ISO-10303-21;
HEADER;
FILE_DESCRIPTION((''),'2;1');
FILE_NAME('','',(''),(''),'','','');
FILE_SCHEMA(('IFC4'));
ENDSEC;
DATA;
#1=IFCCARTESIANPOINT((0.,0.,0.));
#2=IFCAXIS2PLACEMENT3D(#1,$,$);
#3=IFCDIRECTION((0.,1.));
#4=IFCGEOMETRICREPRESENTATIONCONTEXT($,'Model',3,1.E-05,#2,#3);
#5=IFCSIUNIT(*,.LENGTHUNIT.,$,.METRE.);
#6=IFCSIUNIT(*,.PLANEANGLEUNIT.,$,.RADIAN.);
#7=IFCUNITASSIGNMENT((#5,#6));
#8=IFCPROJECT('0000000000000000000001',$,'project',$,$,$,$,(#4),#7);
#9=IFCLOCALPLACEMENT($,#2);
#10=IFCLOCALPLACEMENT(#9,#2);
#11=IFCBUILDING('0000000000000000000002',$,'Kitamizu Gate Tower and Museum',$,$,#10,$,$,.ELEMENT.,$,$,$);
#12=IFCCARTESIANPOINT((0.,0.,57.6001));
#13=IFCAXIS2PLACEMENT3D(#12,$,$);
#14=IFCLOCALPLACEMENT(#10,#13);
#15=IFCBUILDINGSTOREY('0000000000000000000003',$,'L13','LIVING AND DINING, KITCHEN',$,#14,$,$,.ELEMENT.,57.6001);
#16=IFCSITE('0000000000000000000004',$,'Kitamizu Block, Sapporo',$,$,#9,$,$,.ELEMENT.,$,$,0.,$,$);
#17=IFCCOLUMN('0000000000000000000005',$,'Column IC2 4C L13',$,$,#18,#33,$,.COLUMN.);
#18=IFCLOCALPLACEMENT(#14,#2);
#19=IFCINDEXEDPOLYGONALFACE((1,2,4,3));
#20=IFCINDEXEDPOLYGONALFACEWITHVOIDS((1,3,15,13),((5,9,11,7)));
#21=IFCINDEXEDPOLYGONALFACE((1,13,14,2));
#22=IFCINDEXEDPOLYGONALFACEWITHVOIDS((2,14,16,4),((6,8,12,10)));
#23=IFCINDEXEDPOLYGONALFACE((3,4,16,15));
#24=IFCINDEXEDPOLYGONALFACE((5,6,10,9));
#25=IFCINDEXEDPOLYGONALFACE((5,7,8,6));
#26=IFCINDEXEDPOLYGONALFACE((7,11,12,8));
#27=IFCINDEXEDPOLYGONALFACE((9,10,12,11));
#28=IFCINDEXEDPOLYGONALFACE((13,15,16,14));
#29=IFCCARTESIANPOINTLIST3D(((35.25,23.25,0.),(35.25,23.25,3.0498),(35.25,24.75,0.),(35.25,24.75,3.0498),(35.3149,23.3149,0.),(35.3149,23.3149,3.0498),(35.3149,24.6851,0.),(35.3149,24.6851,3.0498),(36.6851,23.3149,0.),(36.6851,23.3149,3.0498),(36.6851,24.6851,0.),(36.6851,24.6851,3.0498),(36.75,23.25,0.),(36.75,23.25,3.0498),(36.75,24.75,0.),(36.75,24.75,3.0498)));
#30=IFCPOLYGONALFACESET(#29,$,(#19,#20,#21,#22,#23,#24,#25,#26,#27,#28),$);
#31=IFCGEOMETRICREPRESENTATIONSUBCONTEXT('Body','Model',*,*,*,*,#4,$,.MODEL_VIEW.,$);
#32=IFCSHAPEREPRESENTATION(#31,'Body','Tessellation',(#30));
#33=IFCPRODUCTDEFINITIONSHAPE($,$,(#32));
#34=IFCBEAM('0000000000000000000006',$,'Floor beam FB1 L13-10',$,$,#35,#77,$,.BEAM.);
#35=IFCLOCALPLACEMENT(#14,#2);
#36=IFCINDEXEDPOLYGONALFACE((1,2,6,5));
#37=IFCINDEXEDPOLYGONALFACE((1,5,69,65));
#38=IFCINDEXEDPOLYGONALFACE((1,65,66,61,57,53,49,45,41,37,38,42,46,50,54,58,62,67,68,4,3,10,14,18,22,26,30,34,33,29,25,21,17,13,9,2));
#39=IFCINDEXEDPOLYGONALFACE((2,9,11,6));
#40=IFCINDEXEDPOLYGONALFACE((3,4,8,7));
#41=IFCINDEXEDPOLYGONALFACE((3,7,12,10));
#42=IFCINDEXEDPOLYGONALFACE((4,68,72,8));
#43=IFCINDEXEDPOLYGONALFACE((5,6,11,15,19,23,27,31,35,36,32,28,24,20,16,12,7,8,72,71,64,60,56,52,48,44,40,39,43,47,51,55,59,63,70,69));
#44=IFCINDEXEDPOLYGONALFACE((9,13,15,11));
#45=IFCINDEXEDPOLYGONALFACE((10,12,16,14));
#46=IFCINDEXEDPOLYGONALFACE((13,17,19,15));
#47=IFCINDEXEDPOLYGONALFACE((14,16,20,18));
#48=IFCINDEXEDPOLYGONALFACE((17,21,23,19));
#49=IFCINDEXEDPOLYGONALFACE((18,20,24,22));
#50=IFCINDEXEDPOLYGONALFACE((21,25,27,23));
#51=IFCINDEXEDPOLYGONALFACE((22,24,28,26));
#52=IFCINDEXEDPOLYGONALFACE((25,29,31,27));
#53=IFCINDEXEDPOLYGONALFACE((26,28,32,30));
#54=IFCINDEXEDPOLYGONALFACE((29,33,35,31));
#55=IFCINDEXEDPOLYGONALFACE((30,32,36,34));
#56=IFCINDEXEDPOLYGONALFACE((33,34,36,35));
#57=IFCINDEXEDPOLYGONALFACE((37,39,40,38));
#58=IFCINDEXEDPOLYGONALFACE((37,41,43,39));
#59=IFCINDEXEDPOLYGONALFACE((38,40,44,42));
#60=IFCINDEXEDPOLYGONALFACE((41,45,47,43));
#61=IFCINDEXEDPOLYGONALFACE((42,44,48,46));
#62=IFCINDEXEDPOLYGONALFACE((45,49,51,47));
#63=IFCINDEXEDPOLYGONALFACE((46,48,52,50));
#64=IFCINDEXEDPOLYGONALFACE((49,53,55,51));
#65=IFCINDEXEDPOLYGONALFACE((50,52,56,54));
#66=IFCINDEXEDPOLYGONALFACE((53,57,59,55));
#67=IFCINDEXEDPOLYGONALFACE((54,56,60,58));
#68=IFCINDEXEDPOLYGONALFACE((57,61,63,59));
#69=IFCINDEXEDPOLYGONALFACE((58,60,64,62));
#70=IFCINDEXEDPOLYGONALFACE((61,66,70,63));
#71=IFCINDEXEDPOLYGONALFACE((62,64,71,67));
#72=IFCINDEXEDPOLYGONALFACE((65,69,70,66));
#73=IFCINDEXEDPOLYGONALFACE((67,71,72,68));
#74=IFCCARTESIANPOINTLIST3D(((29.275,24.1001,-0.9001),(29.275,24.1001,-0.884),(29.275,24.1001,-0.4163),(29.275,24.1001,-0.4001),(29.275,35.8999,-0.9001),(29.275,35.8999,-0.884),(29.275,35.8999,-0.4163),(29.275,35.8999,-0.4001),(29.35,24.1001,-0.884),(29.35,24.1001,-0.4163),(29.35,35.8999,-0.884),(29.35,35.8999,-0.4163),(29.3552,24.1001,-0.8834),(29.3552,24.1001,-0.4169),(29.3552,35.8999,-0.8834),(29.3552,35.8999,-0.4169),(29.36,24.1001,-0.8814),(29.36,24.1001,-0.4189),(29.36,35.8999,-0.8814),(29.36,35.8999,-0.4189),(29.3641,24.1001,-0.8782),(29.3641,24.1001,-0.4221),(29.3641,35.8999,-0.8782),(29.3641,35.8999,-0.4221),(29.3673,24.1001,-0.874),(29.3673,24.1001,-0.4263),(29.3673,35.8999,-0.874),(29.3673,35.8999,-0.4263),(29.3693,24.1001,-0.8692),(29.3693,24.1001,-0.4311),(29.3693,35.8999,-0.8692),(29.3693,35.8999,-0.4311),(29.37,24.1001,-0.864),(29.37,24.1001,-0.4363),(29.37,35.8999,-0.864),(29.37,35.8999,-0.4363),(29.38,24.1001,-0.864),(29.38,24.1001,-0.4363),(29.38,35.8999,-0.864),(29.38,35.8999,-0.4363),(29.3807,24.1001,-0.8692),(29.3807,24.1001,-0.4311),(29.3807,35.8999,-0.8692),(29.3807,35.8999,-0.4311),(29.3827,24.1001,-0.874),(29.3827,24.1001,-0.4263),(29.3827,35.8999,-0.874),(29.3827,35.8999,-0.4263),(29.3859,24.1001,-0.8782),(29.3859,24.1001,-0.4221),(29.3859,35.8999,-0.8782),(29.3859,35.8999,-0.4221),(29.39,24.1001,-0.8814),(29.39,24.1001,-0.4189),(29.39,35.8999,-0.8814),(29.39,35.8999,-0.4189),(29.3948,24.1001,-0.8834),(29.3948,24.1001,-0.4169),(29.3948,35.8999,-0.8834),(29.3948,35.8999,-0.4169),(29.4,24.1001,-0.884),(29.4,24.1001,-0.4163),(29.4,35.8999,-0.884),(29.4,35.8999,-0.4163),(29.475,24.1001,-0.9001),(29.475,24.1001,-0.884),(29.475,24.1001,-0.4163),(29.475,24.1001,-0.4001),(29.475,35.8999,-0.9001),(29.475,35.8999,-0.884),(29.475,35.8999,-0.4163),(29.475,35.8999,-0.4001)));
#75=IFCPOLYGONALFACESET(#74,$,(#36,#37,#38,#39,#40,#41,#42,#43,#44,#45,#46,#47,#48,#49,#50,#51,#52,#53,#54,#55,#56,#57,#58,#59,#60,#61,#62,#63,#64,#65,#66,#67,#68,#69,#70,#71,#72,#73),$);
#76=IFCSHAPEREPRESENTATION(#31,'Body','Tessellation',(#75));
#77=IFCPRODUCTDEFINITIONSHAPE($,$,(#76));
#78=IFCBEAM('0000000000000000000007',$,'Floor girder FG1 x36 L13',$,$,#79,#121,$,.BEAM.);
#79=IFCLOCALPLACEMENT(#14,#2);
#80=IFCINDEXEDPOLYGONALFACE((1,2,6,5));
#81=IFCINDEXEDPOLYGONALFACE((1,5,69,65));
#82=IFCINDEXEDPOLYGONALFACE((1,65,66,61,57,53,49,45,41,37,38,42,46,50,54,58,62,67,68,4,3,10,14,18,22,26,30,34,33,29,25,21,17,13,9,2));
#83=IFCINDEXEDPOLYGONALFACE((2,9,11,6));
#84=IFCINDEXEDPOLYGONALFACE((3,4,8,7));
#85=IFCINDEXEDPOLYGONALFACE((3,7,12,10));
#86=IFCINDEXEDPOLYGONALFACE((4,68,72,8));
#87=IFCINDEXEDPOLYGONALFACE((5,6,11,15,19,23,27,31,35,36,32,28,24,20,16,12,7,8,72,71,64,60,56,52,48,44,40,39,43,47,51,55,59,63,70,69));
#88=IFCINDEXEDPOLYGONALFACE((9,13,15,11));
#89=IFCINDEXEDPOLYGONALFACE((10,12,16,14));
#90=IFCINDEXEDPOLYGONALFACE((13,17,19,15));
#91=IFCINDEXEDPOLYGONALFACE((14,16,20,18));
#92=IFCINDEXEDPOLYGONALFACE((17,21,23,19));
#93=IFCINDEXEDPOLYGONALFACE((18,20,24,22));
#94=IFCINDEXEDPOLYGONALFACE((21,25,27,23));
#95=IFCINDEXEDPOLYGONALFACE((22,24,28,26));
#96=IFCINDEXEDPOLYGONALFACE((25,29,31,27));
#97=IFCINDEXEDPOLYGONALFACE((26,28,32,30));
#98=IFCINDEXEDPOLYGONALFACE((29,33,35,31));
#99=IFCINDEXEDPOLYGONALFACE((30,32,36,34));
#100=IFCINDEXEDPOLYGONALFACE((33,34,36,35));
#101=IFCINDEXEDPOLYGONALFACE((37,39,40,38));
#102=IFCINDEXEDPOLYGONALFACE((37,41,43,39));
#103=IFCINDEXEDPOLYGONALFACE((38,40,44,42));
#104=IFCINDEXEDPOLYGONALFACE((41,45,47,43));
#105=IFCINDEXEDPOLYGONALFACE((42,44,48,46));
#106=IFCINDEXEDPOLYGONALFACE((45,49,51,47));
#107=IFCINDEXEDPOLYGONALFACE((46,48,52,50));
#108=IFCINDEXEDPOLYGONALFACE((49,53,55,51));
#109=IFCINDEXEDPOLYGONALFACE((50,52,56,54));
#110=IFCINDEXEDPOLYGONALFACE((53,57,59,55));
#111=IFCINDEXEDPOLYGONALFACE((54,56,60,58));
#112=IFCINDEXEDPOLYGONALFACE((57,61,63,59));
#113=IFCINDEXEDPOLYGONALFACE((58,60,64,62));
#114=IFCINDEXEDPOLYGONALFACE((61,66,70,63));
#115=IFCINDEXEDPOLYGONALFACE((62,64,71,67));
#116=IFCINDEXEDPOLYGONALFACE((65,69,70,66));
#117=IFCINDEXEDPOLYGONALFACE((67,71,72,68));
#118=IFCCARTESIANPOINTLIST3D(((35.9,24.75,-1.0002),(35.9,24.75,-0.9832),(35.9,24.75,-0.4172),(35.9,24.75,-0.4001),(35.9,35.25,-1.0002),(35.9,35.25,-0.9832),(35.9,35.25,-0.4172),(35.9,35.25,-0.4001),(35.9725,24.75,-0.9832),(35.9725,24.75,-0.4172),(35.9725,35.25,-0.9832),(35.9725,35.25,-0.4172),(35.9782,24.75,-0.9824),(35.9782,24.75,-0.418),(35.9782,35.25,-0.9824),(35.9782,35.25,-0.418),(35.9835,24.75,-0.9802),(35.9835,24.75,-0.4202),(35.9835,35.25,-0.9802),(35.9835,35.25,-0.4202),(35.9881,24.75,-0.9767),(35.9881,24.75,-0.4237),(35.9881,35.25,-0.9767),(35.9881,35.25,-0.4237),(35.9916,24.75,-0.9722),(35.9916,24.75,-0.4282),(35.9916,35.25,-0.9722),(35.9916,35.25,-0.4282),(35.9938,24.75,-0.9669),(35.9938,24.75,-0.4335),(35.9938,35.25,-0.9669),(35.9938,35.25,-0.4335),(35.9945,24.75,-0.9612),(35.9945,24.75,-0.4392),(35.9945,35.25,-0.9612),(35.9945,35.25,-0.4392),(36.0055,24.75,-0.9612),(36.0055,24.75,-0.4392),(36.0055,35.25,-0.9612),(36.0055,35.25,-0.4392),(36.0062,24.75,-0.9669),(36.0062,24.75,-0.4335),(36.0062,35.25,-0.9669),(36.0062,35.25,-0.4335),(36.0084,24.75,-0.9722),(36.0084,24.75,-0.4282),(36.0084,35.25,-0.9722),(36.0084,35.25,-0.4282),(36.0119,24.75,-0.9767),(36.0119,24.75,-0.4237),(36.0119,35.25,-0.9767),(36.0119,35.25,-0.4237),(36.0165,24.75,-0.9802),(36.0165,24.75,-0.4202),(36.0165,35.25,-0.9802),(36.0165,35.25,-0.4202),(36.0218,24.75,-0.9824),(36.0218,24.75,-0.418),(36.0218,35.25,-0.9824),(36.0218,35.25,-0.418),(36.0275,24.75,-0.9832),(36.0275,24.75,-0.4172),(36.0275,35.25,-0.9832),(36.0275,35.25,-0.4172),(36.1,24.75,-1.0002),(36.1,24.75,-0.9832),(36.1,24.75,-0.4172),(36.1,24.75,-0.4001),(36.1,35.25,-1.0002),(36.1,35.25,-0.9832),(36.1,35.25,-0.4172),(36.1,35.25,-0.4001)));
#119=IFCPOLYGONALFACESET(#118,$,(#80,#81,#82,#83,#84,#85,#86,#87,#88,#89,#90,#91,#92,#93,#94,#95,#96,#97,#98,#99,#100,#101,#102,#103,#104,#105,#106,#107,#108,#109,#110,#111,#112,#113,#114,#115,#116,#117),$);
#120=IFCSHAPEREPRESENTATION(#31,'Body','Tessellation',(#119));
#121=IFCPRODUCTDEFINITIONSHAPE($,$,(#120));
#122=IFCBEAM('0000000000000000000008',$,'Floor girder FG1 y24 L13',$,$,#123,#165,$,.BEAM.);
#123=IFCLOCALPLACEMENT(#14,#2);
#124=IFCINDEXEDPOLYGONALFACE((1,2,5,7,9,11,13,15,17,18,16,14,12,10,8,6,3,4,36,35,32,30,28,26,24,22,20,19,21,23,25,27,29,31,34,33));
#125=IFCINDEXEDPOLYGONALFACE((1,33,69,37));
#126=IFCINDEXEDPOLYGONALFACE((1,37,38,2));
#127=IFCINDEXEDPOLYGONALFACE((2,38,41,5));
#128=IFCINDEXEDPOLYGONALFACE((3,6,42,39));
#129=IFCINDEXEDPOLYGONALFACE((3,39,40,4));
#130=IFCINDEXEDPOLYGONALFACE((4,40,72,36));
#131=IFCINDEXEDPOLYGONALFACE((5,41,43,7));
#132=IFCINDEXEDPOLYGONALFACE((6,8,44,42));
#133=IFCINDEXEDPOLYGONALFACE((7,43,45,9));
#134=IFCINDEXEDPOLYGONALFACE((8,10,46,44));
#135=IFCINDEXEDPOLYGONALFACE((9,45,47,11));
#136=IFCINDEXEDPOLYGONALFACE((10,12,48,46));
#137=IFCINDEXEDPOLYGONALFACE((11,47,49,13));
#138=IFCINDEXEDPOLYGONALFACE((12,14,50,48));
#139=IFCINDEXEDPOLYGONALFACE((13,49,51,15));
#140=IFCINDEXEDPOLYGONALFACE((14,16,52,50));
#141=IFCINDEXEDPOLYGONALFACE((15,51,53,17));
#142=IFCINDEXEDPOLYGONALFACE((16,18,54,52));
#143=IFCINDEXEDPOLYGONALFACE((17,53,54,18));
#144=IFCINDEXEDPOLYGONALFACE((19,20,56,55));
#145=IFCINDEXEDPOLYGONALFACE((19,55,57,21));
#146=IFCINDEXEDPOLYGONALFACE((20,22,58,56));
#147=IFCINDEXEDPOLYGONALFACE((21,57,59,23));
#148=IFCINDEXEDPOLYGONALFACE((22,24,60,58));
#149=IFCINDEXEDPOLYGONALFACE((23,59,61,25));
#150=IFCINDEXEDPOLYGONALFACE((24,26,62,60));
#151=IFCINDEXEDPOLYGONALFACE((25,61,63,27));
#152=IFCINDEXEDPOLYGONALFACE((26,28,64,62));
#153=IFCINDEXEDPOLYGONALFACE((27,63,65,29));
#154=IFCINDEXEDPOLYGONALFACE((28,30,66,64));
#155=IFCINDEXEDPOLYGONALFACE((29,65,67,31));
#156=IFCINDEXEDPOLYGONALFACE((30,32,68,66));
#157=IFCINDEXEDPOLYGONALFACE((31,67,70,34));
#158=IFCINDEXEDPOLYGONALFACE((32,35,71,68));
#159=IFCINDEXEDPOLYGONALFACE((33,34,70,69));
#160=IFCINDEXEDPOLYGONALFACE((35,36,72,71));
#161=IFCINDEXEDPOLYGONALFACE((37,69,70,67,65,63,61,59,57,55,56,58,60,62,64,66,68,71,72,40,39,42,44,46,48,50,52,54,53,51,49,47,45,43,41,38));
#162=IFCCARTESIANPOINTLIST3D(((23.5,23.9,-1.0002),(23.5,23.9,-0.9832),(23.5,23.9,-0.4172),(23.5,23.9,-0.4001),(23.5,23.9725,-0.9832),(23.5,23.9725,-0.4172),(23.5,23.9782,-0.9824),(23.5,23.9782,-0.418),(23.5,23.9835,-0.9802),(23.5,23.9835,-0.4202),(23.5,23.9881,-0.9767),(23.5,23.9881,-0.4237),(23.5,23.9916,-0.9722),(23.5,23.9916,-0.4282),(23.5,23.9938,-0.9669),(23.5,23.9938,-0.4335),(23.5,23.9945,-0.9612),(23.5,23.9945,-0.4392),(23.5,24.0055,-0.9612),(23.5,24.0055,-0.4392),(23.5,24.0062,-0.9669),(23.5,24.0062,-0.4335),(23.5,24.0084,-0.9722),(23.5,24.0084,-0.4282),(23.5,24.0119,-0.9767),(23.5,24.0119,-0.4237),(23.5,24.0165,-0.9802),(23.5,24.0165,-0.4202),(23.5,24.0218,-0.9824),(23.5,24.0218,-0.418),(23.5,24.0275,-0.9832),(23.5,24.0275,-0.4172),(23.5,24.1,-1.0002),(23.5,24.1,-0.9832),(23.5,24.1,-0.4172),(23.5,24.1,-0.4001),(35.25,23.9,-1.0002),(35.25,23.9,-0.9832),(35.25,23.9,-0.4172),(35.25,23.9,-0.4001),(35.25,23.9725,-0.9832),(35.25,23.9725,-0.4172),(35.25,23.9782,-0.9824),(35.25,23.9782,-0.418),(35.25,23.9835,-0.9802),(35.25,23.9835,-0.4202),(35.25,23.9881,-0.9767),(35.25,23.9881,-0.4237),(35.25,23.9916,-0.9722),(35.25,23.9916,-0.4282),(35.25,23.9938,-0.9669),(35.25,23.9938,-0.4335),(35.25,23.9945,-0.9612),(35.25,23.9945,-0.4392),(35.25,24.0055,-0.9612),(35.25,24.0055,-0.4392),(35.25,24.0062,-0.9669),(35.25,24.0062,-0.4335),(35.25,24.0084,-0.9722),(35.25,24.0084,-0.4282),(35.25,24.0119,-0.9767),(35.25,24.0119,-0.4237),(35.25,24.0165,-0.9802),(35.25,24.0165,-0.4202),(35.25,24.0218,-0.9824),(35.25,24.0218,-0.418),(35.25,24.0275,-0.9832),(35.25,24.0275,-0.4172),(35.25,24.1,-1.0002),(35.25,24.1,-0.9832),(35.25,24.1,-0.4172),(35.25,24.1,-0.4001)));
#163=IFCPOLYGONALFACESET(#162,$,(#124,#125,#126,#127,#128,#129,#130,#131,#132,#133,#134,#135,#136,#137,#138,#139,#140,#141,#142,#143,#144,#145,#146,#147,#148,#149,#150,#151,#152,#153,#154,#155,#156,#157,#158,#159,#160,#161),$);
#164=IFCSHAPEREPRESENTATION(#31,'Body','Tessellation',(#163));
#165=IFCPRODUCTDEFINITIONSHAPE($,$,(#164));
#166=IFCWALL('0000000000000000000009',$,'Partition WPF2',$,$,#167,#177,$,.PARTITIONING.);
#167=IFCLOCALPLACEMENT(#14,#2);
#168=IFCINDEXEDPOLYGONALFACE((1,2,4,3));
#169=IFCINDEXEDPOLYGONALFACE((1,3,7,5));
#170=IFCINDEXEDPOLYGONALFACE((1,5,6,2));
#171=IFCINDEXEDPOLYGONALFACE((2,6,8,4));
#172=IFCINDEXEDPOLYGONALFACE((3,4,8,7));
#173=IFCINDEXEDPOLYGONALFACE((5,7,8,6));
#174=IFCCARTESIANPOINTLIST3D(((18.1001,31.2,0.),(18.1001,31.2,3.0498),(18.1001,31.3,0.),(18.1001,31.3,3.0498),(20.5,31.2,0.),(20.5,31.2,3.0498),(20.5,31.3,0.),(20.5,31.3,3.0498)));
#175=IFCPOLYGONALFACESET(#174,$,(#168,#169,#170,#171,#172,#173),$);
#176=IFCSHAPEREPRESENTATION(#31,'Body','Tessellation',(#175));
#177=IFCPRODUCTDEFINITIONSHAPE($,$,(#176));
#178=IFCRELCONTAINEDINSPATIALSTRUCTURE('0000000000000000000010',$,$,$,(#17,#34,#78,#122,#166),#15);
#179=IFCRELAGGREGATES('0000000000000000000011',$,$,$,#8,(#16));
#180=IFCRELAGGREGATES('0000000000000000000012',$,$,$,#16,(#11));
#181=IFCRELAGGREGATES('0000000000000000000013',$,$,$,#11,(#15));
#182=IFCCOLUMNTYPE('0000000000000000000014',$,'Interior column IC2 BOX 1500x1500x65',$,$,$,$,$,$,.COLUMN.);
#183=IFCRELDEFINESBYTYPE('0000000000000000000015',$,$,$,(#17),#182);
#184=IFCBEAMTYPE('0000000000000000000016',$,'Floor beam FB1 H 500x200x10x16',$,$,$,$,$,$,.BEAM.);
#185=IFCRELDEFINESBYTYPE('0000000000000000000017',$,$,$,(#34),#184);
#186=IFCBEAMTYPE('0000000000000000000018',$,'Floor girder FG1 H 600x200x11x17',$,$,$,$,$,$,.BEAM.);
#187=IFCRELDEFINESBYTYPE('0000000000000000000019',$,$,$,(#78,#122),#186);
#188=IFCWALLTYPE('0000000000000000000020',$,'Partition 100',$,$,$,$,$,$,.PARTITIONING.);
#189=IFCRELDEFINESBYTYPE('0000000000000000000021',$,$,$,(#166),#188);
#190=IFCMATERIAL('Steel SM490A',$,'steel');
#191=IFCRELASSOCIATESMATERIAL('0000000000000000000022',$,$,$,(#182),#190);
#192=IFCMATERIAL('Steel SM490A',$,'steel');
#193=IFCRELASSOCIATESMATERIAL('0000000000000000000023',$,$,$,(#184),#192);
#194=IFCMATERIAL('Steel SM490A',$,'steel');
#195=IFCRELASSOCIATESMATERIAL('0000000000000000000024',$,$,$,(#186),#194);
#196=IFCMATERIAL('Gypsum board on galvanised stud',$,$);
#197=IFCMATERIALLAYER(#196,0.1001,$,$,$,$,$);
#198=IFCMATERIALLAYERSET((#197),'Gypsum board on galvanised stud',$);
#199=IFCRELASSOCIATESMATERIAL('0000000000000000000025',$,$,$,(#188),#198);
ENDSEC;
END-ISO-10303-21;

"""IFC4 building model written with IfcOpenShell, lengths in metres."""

from ifc_helpers import new_model, si_unit, direction, frame, frame_2d, origin, origin_2d, place, context, subcontext, project, spatial, rectangle, hollow_rectangle, i_section, extrude, material, layer, layer_set, material_profile, profile_set, type_object, element, save


model = new_model("IFC4")

# Units and contexts
model_context = context("Model", 3, precision=1e-05, world=origin(), true_north=direction((0.0, 1.0)))
body_context = subcontext(model_context, "Body", "Model", "MODEL_VIEW")
ifc_project = project(units=[si_unit("LENGTHUNIT", "METRE"), si_unit("PLANEANGLEUNIT", "RADIAN")], contexts=[model_context])

# Site, building, storey
site_placement = place(None, origin())
site = spatial("IfcSite", under=ifc_project, at=site_placement, Name="Kitamizu Block, Sapporo", CompositionType="ELEMENT", RefElevation=0.0)
building_placement = place(site_placement, origin())
building = spatial("IfcBuilding", under=site, at=building_placement, Name="Kitamizu Gate Tower and Museum", CompositionType="ELEMENT")
storey_placement = place(building_placement, frame((0.0, 0.0, 57.6001)))
storey = spatial("IfcBuildingStorey", under=building, at=storey_placement, Name="L13", Description="LIVING AND DINING, KITCHEN", CompositionType="ELEMENT", Elevation=57.6001)

# Column
ifc_material_1 = material(Name="Steel SM490A", Category="steel")
ifc_material_profile_1 = material_profile(ifc_material_1, hollow_rectangle(XDim=1.5, YDim=1.5, WallThickness=0.0649, at=origin_2d()), Name="BOX 1500x1500x65")
ifc_profile_set_1 = profile_set([ifc_material_profile_1], Name="Steel SM490A")
column_type = type_object("IfcColumnType", Name="Interior column IC2 BOX 1500x1500x65", PredefinedType="COLUMN", material=ifc_profile_set_1)
column_placement = place(storey_placement, frame((36.0, 24.0, 0.0), z_axis=(0.0, 0.0, 1.0), x_axis=(1.0, 0.0, 0.0)))
element("IfcColumn", 1, at=column_placement, inside=storey, type_object=column_type, Name="Column IC2 4C L13", PredefinedType="COLUMN", context=body_context, shape_type="SweptSolid", body=[
    extrude(hollow_rectangle(XDim=1.5, YDim=1.5, WallThickness=0.0649, at=origin_2d()), origin(), (0.0, 0.0, 1.0), 3.0498),
])

# Beams
ifc_material_2 = material(Name="Steel SM490A", Category="steel")
ifc_material_profile_2 = material_profile(ifc_material_2, i_section(OverallWidth=0.2, OverallDepth=0.5, WebThickness=0.01, FlangeThickness=0.0161, FilletRadius=0.02, at=origin_2d()), Name="H-500x200x10x16")
ifc_profile_set_2 = profile_set([ifc_material_profile_2], Name="Steel SM490A")
beam_type_1 = type_object("IfcBeamType", Name="Floor beam FB1 H 500x200x10x16", PredefinedType="BEAM", material=ifc_profile_set_2)
beam_1_placement = place(storey_placement, frame((29.375, 24.1001, -0.6501), z_axis=(0.0, 1.0, 0.0), x_axis=(-1.0, 0.0, 0.0)))
element("IfcBeam", 2, at=beam_1_placement, inside=storey, type_object=beam_type_1, Name="Floor beam FB1 L13-10", PredefinedType="BEAM", context=body_context, shape_type="SweptSolid", body=[
    extrude(i_section(OverallWidth=0.2, OverallDepth=0.5, WebThickness=0.01, FlangeThickness=0.0161, FilletRadius=0.02, at=origin_2d()), origin(), (0.0, 0.0, 1.0), 11.7998),
])
ifc_material_3 = material(Name="Steel SM490A", Category="steel")
ifc_material_profile_3 = material_profile(ifc_material_3, i_section(OverallWidth=0.2, OverallDepth=0.6001, WebThickness=0.011, FlangeThickness=0.0171, FilletRadius=0.022, at=origin_2d()), Name="H-600x200x11x17")
ifc_profile_set_3 = profile_set([ifc_material_profile_3], Name="Steel SM490A")
beam_type_2 = type_object("IfcBeamType", Name="Floor girder FG1 H 600x200x11x17", PredefinedType="BEAM", material=ifc_profile_set_3)
beam_2_placement = place(storey_placement, frame((36.0, 24.75, -0.7002), z_axis=(0.0, 1.0, 0.0), x_axis=(-1.0, 0.0, 0.0)))
element("IfcBeam", 3, at=beam_2_placement, inside=storey, type_object=beam_type_2, Name="Floor girder FG1 x36 L13", PredefinedType="BEAM", context=body_context, shape_type="SweptSolid", body=[
    extrude(i_section(OverallWidth=0.2, OverallDepth=0.6001, WebThickness=0.011, FlangeThickness=0.0171, FilletRadius=0.022, at=origin_2d()), origin(), (0.0, 0.0, 1.0), 10.5),
])
beam_3_placement = place(storey_placement, frame((23.5, 24.0, -0.7002), z_axis=(1.0, 0.0, 0.0), x_axis=(0.0, 1.0, 0.0)))
element("IfcBeam", 4, at=beam_3_placement, inside=storey, type_object=beam_type_2, Name="Floor girder FG1 y24 L13", PredefinedType="BEAM", context=body_context, shape_type="SweptSolid", body=[
    extrude(i_section(OverallWidth=0.2, OverallDepth=0.6001, WebThickness=0.011, FlangeThickness=0.0171, FilletRadius=0.022, at=origin_2d()), origin(), (0.0, 0.0, 1.0), 11.75),
])

# Wall
ifc_material_4 = material(Name="Gypsum board on galvanised stud")
ifc_layer_1 = layer(ifc_material_4, 0.1001)
ifc_layer_set_1 = layer_set([ifc_layer_1], Name="Gypsum board on galvanised stud")
wall_type_1 = type_object("IfcWallType", Name="Partition 100", PredefinedType="PARTITIONING", material=ifc_layer_set_1)
wall_1_placement = place(storey_placement, frame((18.1001, 31.25, 0.0), z_axis=(0.0, 0.0, 1.0), x_axis=(1.0, 0.0, 0.0)))
element("IfcWall", 5, at=wall_1_placement, inside=storey, type_object=wall_type_1, Name="Partition WPF2", PredefinedType="PARTITIONING", context=body_context, shape_type="SweptSolid", body=[
    extrude(rectangle(XDim=2.3999, YDim=0.1001, at=frame_2d((1.2, 0.0))), origin(), (0.0, 0.0, 1.0), 3.0498),
])

save(model, "model.ifc")
